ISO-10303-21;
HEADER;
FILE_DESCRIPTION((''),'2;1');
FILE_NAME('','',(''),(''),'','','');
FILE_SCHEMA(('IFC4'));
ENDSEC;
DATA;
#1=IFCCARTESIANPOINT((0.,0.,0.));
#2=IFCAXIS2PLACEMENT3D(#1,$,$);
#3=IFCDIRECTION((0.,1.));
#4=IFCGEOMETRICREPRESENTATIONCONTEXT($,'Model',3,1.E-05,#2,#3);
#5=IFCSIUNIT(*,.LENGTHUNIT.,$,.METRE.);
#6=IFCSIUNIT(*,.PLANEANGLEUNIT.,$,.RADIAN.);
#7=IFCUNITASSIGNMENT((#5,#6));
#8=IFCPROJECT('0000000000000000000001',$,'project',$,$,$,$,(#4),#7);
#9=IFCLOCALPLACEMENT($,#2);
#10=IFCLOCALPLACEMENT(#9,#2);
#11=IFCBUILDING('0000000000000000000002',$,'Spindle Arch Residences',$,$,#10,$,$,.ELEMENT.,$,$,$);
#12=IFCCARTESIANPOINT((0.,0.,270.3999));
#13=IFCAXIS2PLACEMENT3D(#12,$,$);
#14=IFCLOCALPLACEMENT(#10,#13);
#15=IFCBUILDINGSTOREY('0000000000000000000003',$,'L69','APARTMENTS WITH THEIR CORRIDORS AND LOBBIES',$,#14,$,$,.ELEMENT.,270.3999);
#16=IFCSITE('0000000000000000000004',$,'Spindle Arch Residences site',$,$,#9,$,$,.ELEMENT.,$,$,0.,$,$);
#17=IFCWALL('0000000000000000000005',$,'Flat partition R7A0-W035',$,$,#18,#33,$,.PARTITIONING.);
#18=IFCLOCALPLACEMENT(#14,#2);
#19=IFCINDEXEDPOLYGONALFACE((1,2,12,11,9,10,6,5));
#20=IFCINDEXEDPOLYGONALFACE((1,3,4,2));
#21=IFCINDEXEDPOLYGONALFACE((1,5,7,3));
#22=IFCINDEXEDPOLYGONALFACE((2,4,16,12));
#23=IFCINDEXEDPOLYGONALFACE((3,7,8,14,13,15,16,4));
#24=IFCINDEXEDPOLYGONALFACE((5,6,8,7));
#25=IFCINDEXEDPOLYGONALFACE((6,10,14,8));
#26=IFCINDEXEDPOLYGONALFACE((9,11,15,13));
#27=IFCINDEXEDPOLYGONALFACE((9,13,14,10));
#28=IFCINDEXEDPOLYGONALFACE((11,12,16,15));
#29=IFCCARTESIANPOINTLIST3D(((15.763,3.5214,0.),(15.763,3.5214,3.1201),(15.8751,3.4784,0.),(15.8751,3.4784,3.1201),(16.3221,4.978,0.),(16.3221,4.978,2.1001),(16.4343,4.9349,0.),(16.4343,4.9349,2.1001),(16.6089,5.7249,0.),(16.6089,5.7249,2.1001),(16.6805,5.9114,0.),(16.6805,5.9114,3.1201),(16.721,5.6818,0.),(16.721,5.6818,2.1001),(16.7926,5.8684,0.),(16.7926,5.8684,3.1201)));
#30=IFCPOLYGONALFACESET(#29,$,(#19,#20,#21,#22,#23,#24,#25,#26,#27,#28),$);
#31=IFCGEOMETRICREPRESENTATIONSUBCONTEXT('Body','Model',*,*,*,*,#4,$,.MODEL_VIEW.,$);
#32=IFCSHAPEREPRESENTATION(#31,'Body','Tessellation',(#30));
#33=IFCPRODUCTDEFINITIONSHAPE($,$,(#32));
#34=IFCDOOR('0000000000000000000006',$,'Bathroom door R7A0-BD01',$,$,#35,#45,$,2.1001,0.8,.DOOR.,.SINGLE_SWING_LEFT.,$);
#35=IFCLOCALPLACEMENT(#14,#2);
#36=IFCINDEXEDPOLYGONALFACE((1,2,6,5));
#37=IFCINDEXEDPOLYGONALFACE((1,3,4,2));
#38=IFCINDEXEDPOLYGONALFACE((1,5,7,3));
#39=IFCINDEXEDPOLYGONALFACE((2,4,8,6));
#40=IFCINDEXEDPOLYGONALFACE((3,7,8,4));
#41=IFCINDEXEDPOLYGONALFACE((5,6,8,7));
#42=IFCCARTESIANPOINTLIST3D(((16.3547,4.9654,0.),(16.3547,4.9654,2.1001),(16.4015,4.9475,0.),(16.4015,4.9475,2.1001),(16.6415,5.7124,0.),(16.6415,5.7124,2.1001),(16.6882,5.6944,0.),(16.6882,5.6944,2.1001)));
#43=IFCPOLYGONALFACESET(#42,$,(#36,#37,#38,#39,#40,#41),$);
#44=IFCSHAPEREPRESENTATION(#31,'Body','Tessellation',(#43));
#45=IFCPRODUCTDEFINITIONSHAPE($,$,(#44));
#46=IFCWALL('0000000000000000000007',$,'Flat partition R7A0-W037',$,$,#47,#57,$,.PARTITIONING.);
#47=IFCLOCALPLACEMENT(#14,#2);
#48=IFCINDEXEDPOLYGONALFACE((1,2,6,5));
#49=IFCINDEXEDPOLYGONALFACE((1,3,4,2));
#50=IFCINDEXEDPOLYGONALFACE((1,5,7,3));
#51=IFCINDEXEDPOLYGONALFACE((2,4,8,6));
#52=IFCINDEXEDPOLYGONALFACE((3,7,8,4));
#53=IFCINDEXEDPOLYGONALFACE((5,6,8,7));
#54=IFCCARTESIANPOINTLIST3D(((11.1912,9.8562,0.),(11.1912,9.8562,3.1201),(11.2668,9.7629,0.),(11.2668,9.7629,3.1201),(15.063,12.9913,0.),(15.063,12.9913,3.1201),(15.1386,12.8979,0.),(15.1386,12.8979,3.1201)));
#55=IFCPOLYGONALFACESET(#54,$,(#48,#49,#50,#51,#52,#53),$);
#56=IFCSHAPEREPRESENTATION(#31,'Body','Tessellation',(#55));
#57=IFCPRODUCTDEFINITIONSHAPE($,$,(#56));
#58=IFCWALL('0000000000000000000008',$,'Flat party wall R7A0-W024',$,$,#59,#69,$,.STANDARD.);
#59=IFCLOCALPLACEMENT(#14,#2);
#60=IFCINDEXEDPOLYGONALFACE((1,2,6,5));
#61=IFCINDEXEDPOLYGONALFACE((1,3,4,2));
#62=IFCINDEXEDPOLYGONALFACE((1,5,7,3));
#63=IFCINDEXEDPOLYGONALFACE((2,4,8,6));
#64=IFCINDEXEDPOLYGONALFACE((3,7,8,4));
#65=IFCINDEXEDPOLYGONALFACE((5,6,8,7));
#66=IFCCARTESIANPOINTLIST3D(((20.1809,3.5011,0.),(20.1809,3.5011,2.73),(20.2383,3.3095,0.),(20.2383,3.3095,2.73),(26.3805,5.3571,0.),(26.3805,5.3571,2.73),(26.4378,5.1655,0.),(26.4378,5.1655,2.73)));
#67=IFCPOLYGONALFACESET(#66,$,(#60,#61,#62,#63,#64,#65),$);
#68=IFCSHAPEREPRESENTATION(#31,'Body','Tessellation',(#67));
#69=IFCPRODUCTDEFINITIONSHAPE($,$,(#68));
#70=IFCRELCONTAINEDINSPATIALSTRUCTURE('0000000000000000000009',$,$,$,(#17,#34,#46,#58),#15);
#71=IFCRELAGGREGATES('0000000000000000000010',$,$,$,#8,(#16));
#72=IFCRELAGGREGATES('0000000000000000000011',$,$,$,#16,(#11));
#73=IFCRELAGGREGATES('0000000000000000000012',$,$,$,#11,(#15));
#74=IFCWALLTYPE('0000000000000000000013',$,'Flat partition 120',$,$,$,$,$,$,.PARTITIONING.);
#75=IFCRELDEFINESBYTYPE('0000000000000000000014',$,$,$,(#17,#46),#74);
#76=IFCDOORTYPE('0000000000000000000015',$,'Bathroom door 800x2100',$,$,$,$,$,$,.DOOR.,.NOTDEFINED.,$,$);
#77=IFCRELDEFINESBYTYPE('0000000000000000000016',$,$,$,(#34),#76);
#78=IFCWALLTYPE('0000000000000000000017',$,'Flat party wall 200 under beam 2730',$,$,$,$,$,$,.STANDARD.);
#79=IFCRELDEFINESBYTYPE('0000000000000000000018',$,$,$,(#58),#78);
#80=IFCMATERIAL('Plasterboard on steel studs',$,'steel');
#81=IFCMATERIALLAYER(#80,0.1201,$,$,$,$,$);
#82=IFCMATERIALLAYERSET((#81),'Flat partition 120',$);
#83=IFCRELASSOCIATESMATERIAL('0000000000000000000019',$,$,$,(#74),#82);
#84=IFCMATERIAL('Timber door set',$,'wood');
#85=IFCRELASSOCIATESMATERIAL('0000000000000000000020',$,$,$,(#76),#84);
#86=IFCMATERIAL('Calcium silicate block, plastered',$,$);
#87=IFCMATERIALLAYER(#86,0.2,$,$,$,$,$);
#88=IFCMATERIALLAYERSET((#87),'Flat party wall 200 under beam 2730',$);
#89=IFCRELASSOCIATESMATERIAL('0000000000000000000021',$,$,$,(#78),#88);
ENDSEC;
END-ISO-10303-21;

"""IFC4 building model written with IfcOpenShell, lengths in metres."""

from ifc_helpers import new_model, si_unit, direction, frame, frame_2d, origin, place, context, subcontext, project, spatial, rectangle, extrude, material, layer, layer_set, type_object, element, fill, save


model = new_model("IFC4")

# Units and contexts
model_context = context("Model", 3, precision=1e-05, world=origin(), true_north=direction((0.0, 1.0)))
body_context = subcontext(model_context, "Body", "Model", "MODEL_VIEW")
ifc_project = project(units=[si_unit("LENGTHUNIT", "METRE"), si_unit("PLANEANGLEUNIT", "RADIAN")], contexts=[model_context])

# Site, building, storey
site_placement = place(None, origin())
site = spatial("IfcSite", under=ifc_project, at=site_placement, Name="Spindle Arch Residences site", CompositionType="ELEMENT", RefElevation=0.0)
building_placement = place(site_placement, origin())
building = spatial("IfcBuilding", under=site, at=building_placement, Name="Spindle Arch Residences", CompositionType="ELEMENT")
storey_placement = place(building_placement, frame((0.0, 0.0, 270.3999)))
storey = spatial("IfcBuildingStorey", under=building, at=storey_placement, Name="L69", Description="APARTMENTS WITH THEIR CORRIDORS AND LOBBIES", CompositionType="ELEMENT", Elevation=270.3999)

# Shared definitions
ifc_material_1 = material(Name="Plasterboard on steel studs", Category="steel")
ifc_layer_1 = layer(ifc_material_1, 0.1201)
ifc_layer_set_1 = layer_set([ifc_layer_1], Name="Flat partition 120")
wall_type_1 = type_object("IfcWallType", Name="Flat partition 120", PredefinedType="PARTITIONING", material=ifc_layer_set_1)

# Wall, opening, door
wall_1_placement = place(storey_placement, frame((16.7366, 5.8899, 0.0), z_axis=(0.0, 0.0, 1.0), x_axis=(-0.358397, -0.933569, 0.0)))
wall_1 = element("IfcWall", 1, at=wall_1_placement, inside=storey, type_object=wall_type_1, Name="Flat partition R7A0-W035", PredefinedType="PARTITIONING", context=body_context, shape_type="SweptSolid", body=[
    extrude(rectangle(XDim=2.5601, YDim=0.1201, at=frame_2d((1.28, 0.0))), origin(), (0.0, 0.0, 1.0), 3.1201),
])
opening_1_placement = place(wall_1_placement, frame((0.2, 0.0, 0.0)))
opening_1 = element("IfcOpeningElement", 2, at=opening_1_placement, cuts=wall_1, PredefinedType="OPENING", context=body_context, shape_type="SweptSolid", body=[
    extrude(rectangle(XDim=0.8, YDim=2.1001, at=frame_2d((0.3999, 1.05))), frame((0.0, 0.0701, 0.0), z_axis=(0.0, -1.0, 0.0), x_axis=(1.0, 0.0, 0.0)), (0.0, 0.0, 1.0), 0.1401),
])
ifc_material_2 = material(Name="Timber door set", Category="wood")
door_type_1 = type_object("IfcDoorType", Name="Bathroom door 800x2100", OperationType="NOTDEFINED", PredefinedType="DOOR", material=ifc_material_2)
door_1_placement = place(opening_1_placement, origin())
door_1 = element("IfcDoor", 3, at=door_1_placement, inside=storey, type_object=door_type_1, Name="Bathroom door R7A0-BD01", OperationType="SINGLE_SWING_LEFT", OverallHeight=2.1001, OverallWidth=0.8, PredefinedType="DOOR", context=body_context, shape_type="SweptSolid", body=[
    extrude(rectangle(XDim=0.8, YDim=2.1001, at=frame_2d((0.3999, 1.05))), frame((0.0, 0.0249, 0.0), z_axis=(0.0, -1.0, 0.0), x_axis=(1.0, 0.0, 0.0)), (0.0, 0.0, 1.0), 0.05),
])
fill(opening_1, door_1)

# Walls
wall_2_placement = place(storey_placement, frame((15.1008, 12.9446, 0.0), z_axis=(0.0, 0.0, 1.0), x_axis=(-0.777179, -0.62928, 0.0)))
element("IfcWall", 4, at=wall_2_placement, inside=storey, type_object=wall_type_1, Name="Flat partition R7A0-W037", PredefinedType="PARTITIONING", context=body_context, shape_type="SweptSolid", body=[
    extrude(rectangle(XDim=4.9819, YDim=0.1201, at=frame_2d((2.491, 0.0))), origin(), (0.0, 0.0, 1.0), 3.1201),
])
ifc_material_3 = material(Name="Calcium silicate block, plastered")
ifc_layer_2 = layer(ifc_material_3, 0.2)
ifc_layer_set_2 = layer_set([ifc_layer_2], Name="Flat party wall 200 under beam 2730")
wall_type_2 = type_object("IfcWallType", Name="Flat party wall 200 under beam 2730", PredefinedType="STANDARD", material=ifc_layer_set_2)
wall_3_placement = place(storey_placement, frame((20.2095, 3.4053, 0.0), z_axis=(0.0, 0.0, 1.0), x_axis=(0.957991, 0.286798, 0.0)))
element("IfcWall", 5, at=wall_3_placement, inside=storey, type_object=wall_type_2, Name="Flat party wall R7A0-W024", PredefinedType="STANDARD", context=body_context, shape_type="SweptSolid", body=[
    extrude(rectangle(XDim=6.4714, YDim=0.2, at=frame_2d((3.2358, 0.0))), origin(), (0.0, 0.0, 1.0), 2.73),
])

save(model, "model.ifc")
